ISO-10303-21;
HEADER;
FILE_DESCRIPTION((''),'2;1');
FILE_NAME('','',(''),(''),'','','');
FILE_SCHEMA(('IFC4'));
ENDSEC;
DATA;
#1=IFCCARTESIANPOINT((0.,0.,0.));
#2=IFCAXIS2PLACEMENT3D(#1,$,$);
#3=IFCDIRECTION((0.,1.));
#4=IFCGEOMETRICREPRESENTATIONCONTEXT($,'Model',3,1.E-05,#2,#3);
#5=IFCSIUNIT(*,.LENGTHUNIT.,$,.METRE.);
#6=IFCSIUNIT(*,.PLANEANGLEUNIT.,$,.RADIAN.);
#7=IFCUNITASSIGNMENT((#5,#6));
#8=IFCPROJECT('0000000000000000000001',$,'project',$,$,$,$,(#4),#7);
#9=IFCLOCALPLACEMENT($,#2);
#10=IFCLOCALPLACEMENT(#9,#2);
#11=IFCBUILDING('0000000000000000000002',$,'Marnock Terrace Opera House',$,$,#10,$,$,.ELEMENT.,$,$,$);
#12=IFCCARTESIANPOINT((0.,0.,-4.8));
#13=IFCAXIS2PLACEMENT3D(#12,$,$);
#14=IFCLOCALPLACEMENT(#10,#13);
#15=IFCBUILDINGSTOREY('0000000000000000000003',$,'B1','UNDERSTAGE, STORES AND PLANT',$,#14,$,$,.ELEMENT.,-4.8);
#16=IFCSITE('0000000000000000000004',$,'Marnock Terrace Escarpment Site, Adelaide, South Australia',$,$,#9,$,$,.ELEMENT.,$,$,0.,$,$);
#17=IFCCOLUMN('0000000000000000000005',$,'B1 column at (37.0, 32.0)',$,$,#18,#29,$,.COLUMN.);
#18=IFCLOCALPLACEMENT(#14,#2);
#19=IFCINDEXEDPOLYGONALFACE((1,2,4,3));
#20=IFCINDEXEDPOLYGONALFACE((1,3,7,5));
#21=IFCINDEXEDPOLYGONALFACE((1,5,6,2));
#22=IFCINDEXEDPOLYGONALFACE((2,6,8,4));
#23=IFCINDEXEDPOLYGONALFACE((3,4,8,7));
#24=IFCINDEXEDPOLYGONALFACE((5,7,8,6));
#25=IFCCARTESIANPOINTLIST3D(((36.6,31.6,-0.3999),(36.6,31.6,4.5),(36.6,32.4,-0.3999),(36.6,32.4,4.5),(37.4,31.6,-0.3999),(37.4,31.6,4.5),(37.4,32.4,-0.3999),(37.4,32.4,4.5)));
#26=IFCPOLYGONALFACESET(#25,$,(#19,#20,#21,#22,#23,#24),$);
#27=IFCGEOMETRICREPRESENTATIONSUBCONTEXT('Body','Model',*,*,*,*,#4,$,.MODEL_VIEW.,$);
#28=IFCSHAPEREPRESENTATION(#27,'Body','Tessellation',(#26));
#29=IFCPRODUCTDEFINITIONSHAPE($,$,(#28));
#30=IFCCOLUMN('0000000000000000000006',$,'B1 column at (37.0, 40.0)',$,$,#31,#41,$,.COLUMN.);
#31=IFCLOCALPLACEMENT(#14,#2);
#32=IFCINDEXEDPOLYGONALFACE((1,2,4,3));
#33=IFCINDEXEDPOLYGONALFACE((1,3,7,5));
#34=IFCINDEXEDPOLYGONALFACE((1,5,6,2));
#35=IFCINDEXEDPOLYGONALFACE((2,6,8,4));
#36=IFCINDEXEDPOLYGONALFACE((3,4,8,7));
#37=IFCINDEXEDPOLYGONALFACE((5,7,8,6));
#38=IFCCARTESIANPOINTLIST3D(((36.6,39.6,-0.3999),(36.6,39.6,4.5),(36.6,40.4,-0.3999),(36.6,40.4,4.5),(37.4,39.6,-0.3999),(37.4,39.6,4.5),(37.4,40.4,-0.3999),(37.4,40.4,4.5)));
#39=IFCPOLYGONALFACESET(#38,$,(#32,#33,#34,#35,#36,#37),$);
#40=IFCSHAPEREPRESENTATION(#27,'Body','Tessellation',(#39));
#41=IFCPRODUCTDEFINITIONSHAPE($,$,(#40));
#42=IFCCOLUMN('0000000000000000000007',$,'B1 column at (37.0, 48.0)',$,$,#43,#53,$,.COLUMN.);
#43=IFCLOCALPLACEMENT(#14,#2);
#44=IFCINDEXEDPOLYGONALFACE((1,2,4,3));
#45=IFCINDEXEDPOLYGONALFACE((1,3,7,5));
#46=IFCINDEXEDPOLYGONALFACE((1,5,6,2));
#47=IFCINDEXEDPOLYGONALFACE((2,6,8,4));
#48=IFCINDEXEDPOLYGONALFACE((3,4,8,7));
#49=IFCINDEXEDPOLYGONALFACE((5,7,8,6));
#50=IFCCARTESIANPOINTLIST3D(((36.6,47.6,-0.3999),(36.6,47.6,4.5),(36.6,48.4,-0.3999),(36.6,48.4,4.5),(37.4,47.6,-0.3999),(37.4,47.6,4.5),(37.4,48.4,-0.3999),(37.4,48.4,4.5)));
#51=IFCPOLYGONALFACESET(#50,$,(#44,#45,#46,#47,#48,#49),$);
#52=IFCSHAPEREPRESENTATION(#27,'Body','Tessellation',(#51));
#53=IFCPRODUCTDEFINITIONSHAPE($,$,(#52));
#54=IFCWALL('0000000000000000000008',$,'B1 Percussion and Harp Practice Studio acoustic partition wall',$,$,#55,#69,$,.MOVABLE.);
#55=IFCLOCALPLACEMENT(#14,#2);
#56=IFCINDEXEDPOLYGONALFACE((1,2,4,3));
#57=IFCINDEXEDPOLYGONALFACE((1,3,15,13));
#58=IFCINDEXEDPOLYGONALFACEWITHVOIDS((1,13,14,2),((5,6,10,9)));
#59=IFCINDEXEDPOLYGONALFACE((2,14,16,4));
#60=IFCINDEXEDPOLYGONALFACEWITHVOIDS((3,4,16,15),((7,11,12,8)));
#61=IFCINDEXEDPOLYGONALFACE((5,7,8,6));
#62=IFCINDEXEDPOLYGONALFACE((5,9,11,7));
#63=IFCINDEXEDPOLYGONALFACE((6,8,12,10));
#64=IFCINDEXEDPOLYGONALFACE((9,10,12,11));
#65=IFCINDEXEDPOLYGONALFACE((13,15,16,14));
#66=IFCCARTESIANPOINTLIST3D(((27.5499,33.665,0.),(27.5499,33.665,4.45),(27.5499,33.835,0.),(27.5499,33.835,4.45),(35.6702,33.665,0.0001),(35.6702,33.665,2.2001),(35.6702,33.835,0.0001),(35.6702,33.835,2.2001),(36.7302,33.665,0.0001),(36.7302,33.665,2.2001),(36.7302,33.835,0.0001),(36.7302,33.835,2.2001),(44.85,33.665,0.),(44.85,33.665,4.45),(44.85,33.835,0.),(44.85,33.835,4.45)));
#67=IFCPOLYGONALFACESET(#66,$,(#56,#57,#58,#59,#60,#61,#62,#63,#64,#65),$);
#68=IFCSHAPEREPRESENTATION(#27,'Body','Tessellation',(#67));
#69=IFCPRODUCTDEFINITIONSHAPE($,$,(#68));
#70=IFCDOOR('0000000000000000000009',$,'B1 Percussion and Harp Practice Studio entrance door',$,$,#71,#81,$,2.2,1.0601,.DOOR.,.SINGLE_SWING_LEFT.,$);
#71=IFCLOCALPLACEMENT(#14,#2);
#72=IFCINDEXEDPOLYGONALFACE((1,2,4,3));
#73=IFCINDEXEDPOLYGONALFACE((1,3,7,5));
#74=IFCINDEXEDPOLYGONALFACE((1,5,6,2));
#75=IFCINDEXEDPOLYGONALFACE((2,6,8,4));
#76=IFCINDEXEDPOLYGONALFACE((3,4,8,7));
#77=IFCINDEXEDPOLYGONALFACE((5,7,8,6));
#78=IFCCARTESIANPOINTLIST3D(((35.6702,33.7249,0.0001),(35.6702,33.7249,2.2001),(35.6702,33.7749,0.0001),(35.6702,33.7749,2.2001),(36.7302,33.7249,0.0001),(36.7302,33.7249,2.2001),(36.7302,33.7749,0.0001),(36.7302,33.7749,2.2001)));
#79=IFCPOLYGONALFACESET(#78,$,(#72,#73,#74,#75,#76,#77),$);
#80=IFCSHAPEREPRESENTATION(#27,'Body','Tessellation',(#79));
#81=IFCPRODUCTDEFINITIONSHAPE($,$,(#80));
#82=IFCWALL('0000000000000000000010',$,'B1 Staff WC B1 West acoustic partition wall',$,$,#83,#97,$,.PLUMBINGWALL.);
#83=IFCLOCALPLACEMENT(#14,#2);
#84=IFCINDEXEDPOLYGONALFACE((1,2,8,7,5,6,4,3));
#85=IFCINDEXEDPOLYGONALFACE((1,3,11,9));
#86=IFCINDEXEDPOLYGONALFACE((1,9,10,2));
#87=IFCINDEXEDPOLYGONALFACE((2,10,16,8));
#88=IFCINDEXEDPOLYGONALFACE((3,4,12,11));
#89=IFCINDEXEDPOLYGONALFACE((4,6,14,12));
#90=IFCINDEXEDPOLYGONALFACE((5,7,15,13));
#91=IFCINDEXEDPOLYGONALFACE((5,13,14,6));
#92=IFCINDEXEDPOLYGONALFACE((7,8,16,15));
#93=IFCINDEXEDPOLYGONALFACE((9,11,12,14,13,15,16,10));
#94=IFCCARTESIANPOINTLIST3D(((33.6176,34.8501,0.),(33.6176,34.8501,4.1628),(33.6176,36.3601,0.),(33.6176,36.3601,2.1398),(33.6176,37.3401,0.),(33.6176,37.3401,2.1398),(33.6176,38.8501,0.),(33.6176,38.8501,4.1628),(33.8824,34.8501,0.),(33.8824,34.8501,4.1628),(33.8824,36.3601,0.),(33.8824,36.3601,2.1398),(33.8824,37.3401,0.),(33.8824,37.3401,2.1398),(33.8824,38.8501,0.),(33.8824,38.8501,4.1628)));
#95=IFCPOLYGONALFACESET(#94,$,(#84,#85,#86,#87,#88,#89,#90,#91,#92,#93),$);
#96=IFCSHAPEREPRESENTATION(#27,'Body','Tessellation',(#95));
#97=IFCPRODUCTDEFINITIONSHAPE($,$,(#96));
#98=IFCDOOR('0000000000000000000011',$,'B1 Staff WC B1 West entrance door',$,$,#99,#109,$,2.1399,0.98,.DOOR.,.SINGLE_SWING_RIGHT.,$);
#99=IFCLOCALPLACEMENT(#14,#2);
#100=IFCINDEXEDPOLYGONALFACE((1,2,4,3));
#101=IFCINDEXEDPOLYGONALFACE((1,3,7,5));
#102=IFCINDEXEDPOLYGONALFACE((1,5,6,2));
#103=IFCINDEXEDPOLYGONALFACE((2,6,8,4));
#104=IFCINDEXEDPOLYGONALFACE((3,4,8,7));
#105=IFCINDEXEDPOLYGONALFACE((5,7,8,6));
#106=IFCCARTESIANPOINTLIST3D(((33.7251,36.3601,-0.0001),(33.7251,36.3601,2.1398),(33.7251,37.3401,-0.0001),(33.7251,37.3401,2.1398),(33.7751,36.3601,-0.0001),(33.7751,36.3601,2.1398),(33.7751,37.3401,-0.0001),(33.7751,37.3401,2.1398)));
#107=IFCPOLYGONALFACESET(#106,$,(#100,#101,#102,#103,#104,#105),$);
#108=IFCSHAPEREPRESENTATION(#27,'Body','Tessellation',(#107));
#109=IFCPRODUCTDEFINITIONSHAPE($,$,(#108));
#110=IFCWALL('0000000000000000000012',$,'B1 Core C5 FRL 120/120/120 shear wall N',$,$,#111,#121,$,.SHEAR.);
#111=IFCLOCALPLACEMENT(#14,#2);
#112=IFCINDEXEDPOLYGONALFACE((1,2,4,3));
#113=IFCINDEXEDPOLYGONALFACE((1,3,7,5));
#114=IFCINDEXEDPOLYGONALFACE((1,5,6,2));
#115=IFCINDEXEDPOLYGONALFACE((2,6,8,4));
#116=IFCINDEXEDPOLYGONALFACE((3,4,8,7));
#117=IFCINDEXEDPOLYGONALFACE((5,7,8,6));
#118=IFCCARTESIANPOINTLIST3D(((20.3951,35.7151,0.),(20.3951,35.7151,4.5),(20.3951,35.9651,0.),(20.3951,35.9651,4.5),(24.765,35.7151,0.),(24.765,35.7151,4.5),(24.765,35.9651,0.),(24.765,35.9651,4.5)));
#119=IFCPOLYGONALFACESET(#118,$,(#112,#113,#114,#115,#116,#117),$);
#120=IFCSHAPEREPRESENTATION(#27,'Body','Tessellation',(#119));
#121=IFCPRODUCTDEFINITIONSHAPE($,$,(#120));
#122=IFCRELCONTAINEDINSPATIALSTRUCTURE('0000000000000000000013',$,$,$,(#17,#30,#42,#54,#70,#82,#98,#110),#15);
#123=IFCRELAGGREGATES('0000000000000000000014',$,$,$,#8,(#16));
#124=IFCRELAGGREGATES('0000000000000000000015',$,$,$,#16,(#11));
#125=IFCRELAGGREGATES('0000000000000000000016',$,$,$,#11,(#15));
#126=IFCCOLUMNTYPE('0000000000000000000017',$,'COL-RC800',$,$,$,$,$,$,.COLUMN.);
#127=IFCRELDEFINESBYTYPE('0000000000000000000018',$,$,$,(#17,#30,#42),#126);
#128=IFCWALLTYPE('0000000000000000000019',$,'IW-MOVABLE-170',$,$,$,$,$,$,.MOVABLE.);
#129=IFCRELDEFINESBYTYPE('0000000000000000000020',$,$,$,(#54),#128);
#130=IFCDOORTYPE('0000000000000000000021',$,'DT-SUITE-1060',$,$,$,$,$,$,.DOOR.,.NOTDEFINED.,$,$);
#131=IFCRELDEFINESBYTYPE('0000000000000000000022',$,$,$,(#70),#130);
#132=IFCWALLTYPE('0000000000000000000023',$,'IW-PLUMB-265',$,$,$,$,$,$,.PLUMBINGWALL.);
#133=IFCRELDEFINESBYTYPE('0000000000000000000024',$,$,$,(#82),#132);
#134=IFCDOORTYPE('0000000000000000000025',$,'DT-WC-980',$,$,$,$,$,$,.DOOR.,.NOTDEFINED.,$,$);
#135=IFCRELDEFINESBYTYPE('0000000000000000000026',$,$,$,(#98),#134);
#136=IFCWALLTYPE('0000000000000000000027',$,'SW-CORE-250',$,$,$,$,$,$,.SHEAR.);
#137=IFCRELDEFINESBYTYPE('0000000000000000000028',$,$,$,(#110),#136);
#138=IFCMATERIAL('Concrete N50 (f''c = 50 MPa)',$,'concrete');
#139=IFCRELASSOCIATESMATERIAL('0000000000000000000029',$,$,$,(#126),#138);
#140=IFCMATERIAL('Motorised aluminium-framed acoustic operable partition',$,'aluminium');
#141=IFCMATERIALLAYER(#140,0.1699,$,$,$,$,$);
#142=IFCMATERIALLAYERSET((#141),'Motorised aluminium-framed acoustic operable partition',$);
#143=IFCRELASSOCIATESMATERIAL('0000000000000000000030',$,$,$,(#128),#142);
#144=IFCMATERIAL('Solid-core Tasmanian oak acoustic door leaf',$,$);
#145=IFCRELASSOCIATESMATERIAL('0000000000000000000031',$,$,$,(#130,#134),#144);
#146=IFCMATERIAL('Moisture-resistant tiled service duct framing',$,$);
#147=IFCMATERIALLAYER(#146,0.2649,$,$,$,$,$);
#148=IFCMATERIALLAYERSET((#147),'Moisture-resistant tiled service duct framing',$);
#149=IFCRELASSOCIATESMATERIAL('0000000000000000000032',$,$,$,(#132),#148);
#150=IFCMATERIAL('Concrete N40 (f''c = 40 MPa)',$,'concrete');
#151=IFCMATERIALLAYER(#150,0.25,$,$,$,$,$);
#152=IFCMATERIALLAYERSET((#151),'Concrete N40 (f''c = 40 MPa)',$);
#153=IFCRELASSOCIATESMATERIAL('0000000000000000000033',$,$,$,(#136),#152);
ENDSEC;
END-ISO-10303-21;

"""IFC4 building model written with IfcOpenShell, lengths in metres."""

from ifc_helpers import new_model, si_unit, direction, frame, frame_2d, origin, origin_2d, place, context, subcontext, project, spatial, rectangle, extrude, material, layer, layer_set, material_profile, profile_set, type_object, element, fill, save


model = new_model("IFC4")

# Units and contexts
model_context = context("Model", 3, precision=1e-05, world=origin(), true_north=direction((0.0, 1.0)))
body_context = subcontext(model_context, "Body", "Model", "MODEL_VIEW")
ifc_project = project(units=[si_unit("LENGTHUNIT", "METRE"), si_unit("PLANEANGLEUNIT", "RADIAN")], contexts=[model_context])

# Site, building, storey
site_placement = place(None, origin())
site = spatial("IfcSite", under=ifc_project, at=site_placement, Name="Marnock Terrace Escarpment Site, Adelaide, South Australia", CompositionType="ELEMENT", RefElevation=0.0)
building_placement = place(site_placement, origin())
building = spatial("IfcBuilding", under=site, at=building_placement, Name="Marnock Terrace Opera House", CompositionType="ELEMENT")
storey_placement = place(building_placement, frame((0.0, 0.0, -4.8)))
storey = spatial("IfcBuildingStorey", under=building, at=storey_placement, Name="B1", Description="UNDERSTAGE, STORES AND PLANT", CompositionType="ELEMENT", Elevation=-4.8)

# Shared definitions
ifc_material_1 = material(Name="Concrete N40 (f'c = 40 MPa)", Category="concrete")

# Columns
ifc_material_2 = material(Name="Concrete N50 (f'c = 50 MPa)", Category="concrete")
ifc_material_profile_1 = material_profile(ifc_material_2, rectangle(XDim=0.8, YDim=0.8, at=origin_2d()))
ifc_profile_set_1 = profile_set([ifc_material_profile_1], Name="Concrete N50 (f'c = 50 MPa)")
column_type = type_object("IfcColumnType", Name="COL-RC800", PredefinedType="COLUMN", material=ifc_profile_set_1)
for number, where, z_axis, x_axis, name in (
    (1, (37.0, 32.0, -0.3999), (0.0, 0.0, 1.0), (1.0, 0.0, 0.0), "B1 column at (37.0, 32.0)"),
    (2, (37.0, 40.0, -0.3999), (0.0, 0.0, 1.0), (1.0, 0.0, 0.0), "B1 column at (37.0, 40.0)"),
    (3, (37.0, 48.0, -0.3999), (0.0, 0.0, 1.0), (1.0, 0.0, 0.0), "B1 column at (37.0, 48.0)"),
):
    element("IfcColumn", number, at=place(storey_placement, frame(where, z_axis=z_axis, x_axis=x_axis)), inside=storey, type_object=column_type, Name=name, PredefinedType="COLUMN", context=body_context, shape_type="SweptSolid", body=[
        extrude(rectangle(XDim=0.8, YDim=0.8, at=origin_2d()), origin(), (0.0, 0.0, 1.0), 4.8999),
    ])

# Walls, openings, doors
ifc_material_3 = material(Name="Motorised aluminium-framed acoustic operable partition", Category="aluminium")
ifc_layer_1 = layer(ifc_material_3, 0.1699)
ifc_layer_set_1 = layer_set([ifc_layer_1], Name="Motorised aluminium-framed acoustic operable partition")
wall_type_1 = type_object("IfcWallType", Name="IW-MOVABLE-170", PredefinedType="MOVABLE", material=ifc_layer_set_1)
wall_1_placement = place(storey_placement, frame((27.55, 33.75, 0.0), z_axis=(0.0, 0.0, 1.0), x_axis=(1.0, 0.0, 0.0)))
wall_1 = element("IfcWall", 4, at=wall_1_placement, inside=storey, type_object=wall_type_1, Name="B1 Percussion and Harp Practice Studio acoustic partition wall", PredefinedType="MOVABLE", context=body_context, shape_type="SweptSolid", body=[
    extrude(rectangle(XDim=17.3, YDim=0.1699, at=frame_2d((8.6499, 0.0))), origin(), (0.0, 0.0, 1.0), 4.45),
])
opening_1_placement = place(wall_1_placement, frame((8.1201, 0.0, 0.0)))
opening_1 = element("IfcOpeningElement", 5, at=opening_1_placement, cuts=wall_1, PredefinedType="OPENING", context=body_context, shape_type="SweptSolid", body=[
    extrude(rectangle(XDim=1.0601, YDim=2.2, at=frame_2d((0.53, 1.1001))), frame((0.0, 0.095, 0.0), z_axis=(0.0, -1.0, 0.0), x_axis=(1.0, 0.0, 0.0)), (0.0, 0.0, 1.0), 0.1899),
])
ifc_material_4 = material(Name="Solid-core Tasmanian oak acoustic door leaf")
door_type_1 = type_object("IfcDoorType", Name="DT-SUITE-1060", OperationType="NOTDEFINED", PredefinedType="DOOR", material=ifc_material_4)
door_1_placement = place(opening_1_placement, origin())
door_1 = element("IfcDoor", 6, at=door_1_placement, inside=storey, type_object=door_type_1, Name="B1 Percussion and Harp Practice Studio entrance door", OperationType="SINGLE_SWING_LEFT", OverallHeight=2.2, OverallWidth=1.0601, PredefinedType="DOOR", context=body_context, shape_type="SweptSolid", body=[
    extrude(rectangle(XDim=1.0601, YDim=2.2, at=frame_2d((0.53, 1.1001))), frame((0.0, 0.0249, 0.0), z_axis=(0.0, -1.0, 0.0), x_axis=(1.0, 0.0, 0.0)), (0.0, 0.0, 1.0), 0.05),
])
fill(opening_1, door_1)
ifc_material_5 = material(Name="Moisture-resistant tiled service duct framing")
ifc_layer_2 = layer(ifc_material_5, 0.2649)
ifc_layer_set_2 = layer_set([ifc_layer_2], Name="Moisture-resistant tiled service duct framing")
wall_type_2 = type_object("IfcWallType", Name="IW-PLUMB-265", PredefinedType="PLUMBINGWALL", material=ifc_layer_set_2)
wall_2_placement = place(storey_placement, frame((33.75, 34.8501, 0.0), z_axis=(0.0, 0.0, 1.0), x_axis=(0.0, 1.0, 0.0)))
wall_2 = element("IfcWall", 7, at=wall_2_placement, inside=storey, type_object=wall_type_2, Name="B1 Staff WC B1 West acoustic partition wall", PredefinedType="PLUMBINGWALL", context=body_context, shape_type="SweptSolid", body=[
    extrude(rectangle(XDim=4.0, YDim=0.2649, at=frame_2d((2.0, 0.0))), origin(), (0.0, 0.0, 1.0), 4.1628),
])
opening_2_placement = place(wall_2_placement, frame((1.51, 0.0, 0.0)))
opening_2 = element("IfcOpeningElement", 8, at=opening_2_placement, cuts=wall_2, PredefinedType="OPENING", context=body_context, shape_type="SweptSolid", body=[
    extrude(rectangle(XDim=0.98, YDim=2.1399, at=frame_2d((0.49, 1.0698))), frame((0.0, 0.1423, 0.0), z_axis=(0.0, -1.0, 0.0), x_axis=(1.0, 0.0, 0.0)), (0.0, 0.0, 1.0), 0.2849),
])
door_type_2 = type_object("IfcDoorType", Name="DT-WC-980", OperationType="NOTDEFINED", PredefinedType="DOOR", material=ifc_material_4)
door_2_placement = place(opening_2_placement, origin())
door_2 = element("IfcDoor", 9, at=door_2_placement, inside=storey, type_object=door_type_2, Name="B1 Staff WC B1 West entrance door", OperationType="SINGLE_SWING_RIGHT", OverallHeight=2.1399, OverallWidth=0.98, PredefinedType="DOOR", context=body_context, shape_type="SweptSolid", body=[
    extrude(rectangle(XDim=0.98, YDim=2.1399, at=frame_2d((0.49, 1.0698))), frame((0.0, 0.0249, 0.0), z_axis=(0.0, -1.0, 0.0), x_axis=(1.0, 0.0, 0.0)), (0.0, 0.0, 1.0), 0.05),
])
fill(opening_2, door_2)

# Wall
ifc_layer_3 = layer(ifc_material_1, 0.25)
ifc_layer_set_3 = layer_set([ifc_layer_3], Name="Concrete N40 (f'c = 40 MPa)")
wall_type_3 = type_object("IfcWallType", Name="SW-CORE-250", PredefinedType="SHEAR", material=ifc_layer_set_3)
wall_3_placement = place(storey_placement, frame((20.395, 35.8401, 0.0), z_axis=(0.0, 0.0, 1.0), x_axis=(1.0, 0.0, 0.0)))
element("IfcWall", 10, at=wall_3_placement, inside=storey, type_object=wall_type_3, Name="B1 Core C5 FRL 120/120/120 shear wall N", PredefinedType="SHEAR", context=body_context, shape_type="SweptSolid", body=[
    extrude(rectangle(XDim=4.3699, YDim=0.25, at=frame_2d((2.1851, 0.0))), origin(), (0.0, 0.0, 1.0), 4.5),
])

save(model, "model.ifc")
